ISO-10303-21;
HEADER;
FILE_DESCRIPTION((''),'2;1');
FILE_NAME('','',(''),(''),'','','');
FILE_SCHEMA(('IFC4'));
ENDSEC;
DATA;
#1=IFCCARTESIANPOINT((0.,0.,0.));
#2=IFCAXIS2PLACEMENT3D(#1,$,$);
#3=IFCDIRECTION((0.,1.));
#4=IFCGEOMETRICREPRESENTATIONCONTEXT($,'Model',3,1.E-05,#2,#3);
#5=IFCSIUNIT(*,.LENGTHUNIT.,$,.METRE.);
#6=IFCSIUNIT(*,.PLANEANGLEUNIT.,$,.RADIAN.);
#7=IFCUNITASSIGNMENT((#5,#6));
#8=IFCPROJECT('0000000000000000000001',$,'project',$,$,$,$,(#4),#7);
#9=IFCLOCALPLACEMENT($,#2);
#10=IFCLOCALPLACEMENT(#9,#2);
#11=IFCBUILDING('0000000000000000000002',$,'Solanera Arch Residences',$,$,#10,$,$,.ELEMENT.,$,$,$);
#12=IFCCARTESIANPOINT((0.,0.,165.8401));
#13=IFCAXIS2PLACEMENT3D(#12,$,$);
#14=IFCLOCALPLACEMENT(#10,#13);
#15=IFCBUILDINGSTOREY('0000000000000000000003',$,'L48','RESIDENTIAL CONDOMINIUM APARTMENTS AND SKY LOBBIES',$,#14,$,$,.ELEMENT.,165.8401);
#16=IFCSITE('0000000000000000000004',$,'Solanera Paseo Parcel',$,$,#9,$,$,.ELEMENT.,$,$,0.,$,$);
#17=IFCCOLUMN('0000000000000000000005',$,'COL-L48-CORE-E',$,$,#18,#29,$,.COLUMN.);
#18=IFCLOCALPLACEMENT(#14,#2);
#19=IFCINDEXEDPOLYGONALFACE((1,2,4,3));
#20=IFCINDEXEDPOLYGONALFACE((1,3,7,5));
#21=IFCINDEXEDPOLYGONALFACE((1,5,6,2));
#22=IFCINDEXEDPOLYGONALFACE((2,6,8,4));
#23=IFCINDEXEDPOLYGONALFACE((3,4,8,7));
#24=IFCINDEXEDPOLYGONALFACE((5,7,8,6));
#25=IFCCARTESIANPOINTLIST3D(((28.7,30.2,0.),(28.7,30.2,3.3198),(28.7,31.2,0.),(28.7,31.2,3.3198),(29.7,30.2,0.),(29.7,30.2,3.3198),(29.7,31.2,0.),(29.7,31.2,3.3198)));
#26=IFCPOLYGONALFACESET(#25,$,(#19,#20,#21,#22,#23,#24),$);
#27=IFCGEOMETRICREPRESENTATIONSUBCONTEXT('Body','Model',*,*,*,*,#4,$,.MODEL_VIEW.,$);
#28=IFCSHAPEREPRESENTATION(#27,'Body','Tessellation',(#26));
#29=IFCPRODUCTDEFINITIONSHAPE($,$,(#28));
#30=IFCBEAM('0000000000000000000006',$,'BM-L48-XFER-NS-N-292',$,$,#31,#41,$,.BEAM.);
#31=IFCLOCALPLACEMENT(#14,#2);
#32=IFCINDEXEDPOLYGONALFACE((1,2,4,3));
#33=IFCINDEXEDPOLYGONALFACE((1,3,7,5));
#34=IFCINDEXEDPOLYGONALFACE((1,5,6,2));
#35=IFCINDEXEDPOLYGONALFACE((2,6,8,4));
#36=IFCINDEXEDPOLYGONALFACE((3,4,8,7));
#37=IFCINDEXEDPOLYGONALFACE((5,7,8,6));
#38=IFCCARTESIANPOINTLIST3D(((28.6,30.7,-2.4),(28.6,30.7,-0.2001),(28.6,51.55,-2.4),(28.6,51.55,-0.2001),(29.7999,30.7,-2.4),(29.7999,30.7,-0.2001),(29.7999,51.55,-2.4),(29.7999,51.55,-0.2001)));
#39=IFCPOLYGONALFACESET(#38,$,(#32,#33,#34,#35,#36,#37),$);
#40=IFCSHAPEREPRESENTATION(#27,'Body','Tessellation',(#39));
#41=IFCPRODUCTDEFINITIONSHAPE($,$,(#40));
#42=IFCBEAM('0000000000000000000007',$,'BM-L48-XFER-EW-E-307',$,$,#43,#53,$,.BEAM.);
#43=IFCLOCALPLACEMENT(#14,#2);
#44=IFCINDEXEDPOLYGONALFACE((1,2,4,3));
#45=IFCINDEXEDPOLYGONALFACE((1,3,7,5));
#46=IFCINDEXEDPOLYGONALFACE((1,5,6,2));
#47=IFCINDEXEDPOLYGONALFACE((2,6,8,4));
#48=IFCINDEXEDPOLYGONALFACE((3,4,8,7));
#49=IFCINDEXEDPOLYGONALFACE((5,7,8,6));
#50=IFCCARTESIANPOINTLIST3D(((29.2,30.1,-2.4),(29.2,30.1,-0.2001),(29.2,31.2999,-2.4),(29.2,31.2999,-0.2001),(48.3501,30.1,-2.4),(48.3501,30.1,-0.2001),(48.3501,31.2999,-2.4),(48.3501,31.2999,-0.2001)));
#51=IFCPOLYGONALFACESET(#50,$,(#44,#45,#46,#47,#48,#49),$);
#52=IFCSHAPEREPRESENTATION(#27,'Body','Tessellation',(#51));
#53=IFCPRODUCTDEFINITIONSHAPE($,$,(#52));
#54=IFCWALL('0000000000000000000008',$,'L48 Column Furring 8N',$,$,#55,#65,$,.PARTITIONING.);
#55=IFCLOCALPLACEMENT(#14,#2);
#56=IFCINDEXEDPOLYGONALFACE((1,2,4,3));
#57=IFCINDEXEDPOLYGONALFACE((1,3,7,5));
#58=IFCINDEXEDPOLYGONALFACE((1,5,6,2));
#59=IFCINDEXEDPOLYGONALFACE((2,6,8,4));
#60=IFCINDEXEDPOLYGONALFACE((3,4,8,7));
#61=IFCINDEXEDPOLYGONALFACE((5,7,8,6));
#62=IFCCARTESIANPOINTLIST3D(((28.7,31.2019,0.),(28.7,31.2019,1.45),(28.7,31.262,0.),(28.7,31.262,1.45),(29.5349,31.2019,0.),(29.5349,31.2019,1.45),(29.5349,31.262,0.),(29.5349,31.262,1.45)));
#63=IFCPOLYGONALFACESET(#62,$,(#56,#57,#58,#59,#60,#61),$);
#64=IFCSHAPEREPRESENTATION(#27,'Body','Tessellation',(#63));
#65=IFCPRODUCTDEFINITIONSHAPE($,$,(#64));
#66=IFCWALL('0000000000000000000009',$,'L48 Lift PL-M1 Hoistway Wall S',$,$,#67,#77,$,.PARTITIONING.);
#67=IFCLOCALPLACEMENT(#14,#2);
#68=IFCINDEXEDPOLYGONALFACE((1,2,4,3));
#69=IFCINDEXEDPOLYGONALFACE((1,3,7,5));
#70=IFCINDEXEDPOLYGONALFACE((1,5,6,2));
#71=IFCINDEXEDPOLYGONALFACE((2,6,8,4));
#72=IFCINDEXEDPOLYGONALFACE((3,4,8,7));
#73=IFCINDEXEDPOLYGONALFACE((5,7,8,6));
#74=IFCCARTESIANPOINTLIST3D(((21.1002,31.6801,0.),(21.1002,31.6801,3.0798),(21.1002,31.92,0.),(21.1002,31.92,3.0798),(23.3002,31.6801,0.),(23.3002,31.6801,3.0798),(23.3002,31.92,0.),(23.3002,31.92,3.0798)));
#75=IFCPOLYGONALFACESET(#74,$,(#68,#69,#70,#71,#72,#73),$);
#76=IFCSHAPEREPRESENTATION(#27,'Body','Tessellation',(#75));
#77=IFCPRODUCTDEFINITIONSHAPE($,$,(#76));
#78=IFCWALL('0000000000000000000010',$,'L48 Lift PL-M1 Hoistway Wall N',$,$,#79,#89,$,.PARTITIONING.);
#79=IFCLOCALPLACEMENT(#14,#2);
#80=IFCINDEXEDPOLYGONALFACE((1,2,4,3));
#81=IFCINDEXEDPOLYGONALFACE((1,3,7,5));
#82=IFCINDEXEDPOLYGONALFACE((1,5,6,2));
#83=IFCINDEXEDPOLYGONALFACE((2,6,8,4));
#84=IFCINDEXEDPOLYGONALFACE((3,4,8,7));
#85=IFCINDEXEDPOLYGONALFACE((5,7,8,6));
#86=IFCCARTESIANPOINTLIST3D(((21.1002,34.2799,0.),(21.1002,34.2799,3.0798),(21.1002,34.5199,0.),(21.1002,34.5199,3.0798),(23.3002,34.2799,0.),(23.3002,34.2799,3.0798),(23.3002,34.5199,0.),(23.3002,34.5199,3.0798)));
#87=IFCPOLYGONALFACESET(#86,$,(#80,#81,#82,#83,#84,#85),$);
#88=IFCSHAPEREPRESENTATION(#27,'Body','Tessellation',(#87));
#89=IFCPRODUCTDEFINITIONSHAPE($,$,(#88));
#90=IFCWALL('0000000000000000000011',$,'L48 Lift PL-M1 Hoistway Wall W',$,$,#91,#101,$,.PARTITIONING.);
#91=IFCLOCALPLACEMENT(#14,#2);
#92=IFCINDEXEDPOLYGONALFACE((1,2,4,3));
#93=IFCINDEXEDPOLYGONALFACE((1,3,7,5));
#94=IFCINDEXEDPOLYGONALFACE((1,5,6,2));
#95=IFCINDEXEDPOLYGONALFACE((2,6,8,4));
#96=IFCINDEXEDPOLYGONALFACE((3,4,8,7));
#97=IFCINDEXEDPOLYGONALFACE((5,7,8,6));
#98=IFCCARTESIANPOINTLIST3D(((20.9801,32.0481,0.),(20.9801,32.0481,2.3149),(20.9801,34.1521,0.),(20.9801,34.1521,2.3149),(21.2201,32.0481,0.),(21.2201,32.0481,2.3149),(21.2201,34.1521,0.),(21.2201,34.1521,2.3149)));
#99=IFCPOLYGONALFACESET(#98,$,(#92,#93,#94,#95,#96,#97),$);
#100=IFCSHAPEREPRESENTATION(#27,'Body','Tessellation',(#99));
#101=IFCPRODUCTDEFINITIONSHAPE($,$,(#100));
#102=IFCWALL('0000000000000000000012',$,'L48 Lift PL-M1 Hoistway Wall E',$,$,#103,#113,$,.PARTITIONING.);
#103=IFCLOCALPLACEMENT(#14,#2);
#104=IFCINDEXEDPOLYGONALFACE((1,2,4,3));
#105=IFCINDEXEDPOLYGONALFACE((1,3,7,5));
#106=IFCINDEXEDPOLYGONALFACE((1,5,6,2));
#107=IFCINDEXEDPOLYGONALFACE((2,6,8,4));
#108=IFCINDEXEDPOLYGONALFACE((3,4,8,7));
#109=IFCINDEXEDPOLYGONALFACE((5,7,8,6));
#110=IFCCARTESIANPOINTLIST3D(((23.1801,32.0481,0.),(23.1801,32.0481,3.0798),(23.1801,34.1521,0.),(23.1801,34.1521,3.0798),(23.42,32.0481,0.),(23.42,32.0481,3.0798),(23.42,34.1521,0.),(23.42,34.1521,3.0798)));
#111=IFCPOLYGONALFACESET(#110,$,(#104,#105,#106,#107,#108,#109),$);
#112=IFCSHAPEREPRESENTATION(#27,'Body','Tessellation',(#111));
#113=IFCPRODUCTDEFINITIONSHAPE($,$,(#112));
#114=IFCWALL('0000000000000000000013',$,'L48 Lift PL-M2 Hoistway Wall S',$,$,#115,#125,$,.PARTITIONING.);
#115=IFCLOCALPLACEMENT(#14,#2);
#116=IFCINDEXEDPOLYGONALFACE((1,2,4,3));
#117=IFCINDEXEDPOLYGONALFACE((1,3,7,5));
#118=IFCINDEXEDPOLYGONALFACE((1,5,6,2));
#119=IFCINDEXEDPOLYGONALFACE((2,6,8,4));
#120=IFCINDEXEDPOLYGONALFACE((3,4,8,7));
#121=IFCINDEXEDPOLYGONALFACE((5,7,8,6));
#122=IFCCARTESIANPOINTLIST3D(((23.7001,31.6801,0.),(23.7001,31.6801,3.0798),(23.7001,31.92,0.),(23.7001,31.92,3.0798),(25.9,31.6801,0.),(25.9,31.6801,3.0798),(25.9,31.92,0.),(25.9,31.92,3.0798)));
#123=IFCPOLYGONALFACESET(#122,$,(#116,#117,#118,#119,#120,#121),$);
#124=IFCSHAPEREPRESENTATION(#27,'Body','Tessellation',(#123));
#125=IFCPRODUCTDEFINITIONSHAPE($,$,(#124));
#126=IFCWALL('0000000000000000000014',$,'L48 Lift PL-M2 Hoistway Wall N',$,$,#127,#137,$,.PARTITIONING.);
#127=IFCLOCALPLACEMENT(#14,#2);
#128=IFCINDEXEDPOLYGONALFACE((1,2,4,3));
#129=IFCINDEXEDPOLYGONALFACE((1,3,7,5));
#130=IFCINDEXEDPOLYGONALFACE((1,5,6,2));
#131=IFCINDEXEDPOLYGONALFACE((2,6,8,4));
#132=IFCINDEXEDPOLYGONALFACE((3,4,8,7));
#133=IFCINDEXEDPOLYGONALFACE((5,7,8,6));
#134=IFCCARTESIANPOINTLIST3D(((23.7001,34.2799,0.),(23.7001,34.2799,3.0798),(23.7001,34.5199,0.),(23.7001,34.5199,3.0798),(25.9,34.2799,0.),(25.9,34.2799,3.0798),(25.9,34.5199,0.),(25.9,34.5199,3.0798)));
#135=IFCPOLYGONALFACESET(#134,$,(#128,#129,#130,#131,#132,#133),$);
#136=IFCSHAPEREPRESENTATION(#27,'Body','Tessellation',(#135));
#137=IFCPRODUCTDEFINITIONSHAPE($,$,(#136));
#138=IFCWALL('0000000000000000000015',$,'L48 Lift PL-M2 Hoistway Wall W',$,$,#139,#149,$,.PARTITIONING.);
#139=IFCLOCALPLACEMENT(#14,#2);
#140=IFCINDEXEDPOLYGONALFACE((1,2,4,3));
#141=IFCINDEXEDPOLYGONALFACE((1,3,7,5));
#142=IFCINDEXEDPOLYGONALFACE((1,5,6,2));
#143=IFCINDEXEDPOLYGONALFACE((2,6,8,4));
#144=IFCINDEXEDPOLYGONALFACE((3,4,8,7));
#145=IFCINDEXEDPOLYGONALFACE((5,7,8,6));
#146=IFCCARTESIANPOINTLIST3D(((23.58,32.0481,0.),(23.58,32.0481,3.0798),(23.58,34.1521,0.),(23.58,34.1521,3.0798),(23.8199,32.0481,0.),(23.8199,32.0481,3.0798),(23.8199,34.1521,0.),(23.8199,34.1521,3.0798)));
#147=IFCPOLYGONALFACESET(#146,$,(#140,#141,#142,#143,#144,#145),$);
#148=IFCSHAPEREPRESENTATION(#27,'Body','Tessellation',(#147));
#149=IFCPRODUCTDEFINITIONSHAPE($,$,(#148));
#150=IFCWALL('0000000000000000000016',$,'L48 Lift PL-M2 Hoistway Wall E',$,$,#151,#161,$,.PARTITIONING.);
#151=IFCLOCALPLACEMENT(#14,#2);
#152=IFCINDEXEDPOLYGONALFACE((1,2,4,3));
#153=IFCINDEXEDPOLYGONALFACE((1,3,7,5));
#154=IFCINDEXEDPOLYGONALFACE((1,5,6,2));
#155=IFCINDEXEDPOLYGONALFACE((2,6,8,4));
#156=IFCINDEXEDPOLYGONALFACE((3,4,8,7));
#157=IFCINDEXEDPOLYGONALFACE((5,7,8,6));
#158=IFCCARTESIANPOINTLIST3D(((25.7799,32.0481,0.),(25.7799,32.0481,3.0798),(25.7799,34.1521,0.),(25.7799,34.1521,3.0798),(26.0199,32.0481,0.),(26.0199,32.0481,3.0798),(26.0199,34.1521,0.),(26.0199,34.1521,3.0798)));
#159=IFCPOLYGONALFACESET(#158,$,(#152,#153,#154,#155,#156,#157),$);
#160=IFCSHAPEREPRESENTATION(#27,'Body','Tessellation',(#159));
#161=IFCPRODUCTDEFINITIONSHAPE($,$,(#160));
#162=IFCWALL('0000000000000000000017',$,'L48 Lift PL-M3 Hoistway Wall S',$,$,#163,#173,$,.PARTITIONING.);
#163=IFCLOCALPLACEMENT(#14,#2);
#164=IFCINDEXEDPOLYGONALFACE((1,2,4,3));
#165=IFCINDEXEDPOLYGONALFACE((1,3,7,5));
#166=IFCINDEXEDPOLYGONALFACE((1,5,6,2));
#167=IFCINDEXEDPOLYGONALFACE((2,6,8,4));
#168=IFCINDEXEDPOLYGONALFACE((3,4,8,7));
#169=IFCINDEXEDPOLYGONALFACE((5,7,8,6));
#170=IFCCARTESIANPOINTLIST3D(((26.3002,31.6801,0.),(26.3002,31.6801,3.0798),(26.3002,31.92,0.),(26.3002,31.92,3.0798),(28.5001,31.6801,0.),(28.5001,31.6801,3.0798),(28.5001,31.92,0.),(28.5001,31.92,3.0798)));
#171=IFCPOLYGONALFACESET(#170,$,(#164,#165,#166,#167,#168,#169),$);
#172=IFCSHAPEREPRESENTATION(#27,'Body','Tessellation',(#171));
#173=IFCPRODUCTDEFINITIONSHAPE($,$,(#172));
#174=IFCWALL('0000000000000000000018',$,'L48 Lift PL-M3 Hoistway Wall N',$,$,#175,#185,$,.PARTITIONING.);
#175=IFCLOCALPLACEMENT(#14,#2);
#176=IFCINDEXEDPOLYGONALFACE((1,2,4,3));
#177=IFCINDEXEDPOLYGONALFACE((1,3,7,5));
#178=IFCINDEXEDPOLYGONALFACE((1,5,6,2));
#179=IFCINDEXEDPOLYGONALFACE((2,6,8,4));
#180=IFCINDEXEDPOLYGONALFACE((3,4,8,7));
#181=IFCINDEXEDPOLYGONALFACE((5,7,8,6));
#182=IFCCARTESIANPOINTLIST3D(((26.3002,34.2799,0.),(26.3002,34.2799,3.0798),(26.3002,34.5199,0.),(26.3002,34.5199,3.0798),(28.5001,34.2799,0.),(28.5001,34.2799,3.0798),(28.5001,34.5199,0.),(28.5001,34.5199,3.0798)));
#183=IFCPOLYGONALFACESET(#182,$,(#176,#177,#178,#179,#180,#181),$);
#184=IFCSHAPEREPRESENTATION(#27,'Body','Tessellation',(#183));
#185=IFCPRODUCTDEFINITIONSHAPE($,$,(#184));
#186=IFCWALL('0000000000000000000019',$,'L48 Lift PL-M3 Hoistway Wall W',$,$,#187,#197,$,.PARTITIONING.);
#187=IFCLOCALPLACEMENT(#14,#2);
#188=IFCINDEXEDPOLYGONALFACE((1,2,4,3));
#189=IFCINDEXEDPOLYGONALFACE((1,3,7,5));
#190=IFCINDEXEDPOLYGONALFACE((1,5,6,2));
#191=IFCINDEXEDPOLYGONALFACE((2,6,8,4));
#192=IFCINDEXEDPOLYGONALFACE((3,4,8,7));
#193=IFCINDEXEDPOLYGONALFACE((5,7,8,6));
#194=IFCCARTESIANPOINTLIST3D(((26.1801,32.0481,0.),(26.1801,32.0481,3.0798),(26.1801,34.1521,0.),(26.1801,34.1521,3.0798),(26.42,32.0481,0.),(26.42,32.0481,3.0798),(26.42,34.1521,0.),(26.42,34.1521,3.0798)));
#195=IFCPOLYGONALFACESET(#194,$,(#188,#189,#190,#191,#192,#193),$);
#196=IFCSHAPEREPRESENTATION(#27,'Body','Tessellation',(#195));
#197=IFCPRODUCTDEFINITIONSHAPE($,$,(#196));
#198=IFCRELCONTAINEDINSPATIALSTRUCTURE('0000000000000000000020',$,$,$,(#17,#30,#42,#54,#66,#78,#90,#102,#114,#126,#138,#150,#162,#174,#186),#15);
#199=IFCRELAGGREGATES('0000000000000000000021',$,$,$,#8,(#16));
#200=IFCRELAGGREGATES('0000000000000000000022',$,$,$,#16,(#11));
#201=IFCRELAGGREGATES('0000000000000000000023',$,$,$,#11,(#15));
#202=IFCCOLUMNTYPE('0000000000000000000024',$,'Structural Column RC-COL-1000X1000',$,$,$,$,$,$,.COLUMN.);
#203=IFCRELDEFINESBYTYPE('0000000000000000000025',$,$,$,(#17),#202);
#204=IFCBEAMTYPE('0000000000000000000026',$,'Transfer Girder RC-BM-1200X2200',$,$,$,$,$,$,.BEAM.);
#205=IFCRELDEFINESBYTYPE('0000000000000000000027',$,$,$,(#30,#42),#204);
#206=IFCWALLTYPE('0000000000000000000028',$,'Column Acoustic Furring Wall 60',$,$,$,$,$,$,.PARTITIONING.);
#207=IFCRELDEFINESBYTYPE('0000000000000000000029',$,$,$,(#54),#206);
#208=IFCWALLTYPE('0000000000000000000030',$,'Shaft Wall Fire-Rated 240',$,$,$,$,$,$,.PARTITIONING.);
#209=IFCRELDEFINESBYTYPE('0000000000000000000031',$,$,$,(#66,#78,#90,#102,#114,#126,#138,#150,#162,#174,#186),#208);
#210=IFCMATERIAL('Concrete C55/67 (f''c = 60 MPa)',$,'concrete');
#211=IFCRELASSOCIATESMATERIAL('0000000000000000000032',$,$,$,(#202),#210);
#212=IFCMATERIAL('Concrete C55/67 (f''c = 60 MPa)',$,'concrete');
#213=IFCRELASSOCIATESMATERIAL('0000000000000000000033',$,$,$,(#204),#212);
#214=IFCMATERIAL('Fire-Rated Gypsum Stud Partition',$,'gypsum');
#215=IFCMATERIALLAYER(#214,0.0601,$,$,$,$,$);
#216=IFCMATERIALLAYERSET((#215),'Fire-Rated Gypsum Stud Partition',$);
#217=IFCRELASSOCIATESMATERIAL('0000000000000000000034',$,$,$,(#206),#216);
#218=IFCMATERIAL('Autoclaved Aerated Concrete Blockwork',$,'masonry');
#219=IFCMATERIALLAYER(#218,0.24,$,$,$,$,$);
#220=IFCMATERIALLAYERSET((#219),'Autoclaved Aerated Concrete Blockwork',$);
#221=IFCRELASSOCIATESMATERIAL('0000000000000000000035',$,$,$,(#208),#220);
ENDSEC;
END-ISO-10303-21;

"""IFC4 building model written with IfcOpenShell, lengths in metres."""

from ifc_helpers import new_model, si_unit, direction, frame, frame_2d, origin, origin_2d, place, context, subcontext, project, spatial, rectangle, extrude, material, layer, layer_set, material_profile, profile_set, type_object, element, save


model = new_model("IFC4")

# Units and contexts
model_context = context("Model", 3, precision=1e-05, world=origin(), true_north=direction((0.0, 1.0)))
body_context = subcontext(model_context, "Body", "Model", "MODEL_VIEW")
ifc_project = project(units=[si_unit("LENGTHUNIT", "METRE"), si_unit("PLANEANGLEUNIT", "RADIAN")], contexts=[model_context])

# Site, building, storey
site_placement = place(None, origin())
site = spatial("IfcSite", under=ifc_project, at=site_placement, Name="Solanera Paseo Parcel", CompositionType="ELEMENT", RefElevation=0.0)
building_placement = place(site_placement, origin())
building = spatial("IfcBuilding", under=site, at=building_placement, Name="Solanera Arch Residences", CompositionType="ELEMENT")
storey_placement = place(building_placement, frame((0.0, 0.0, 165.8401)))
storey = spatial("IfcBuildingStorey", under=building, at=storey_placement, Name="L48", Description="RESIDENTIAL CONDOMINIUM APARTMENTS AND SKY LOBBIES", CompositionType="ELEMENT", Elevation=165.8401)

# Column
ifc_material_1 = material(Name="Concrete C55/67 (f'c = 60 MPa)", Category="concrete")
ifc_material_profile_1 = material_profile(ifc_material_1, rectangle(XDim=1.0, YDim=1.0, at=origin_2d()))
ifc_profile_set_1 = profile_set([ifc_material_profile_1], Name="Concrete C55/67 (f'c = 60 MPa)")
column_type = type_object("IfcColumnType", Name="Structural Column RC-COL-1000X1000", PredefinedType="COLUMN", material=ifc_profile_set_1)
column_placement = place(storey_placement, frame((29.2, 30.7, 0.0), z_axis=(0.0, 0.0, 1.0), x_axis=(1.0, 0.0, 0.0)))
element("IfcColumn", 1, at=column_placement, inside=storey, type_object=column_type, Name="COL-L48-CORE-E", PredefinedType="COLUMN", context=body_context, shape_type="SweptSolid", body=[
    extrude(rectangle(XDim=1.0, YDim=1.0, at=origin_2d()), origin(), (0.0, 0.0, 1.0), 3.3198),
])

# Beams
ifc_material_2 = material(Name="Concrete C55/67 (f'c = 60 MPa)", Category="concrete")
ifc_material_profile_2 = material_profile(ifc_material_2, rectangle(XDim=1.2, YDim=2.2, at=origin_2d()))
ifc_profile_set_2 = profile_set([ifc_material_profile_2], Name="Concrete C55/67 (f'c = 60 MPa)")
beam_type = type_object("IfcBeamType", Name="Transfer Girder RC-BM-1200X2200", PredefinedType="BEAM", material=ifc_profile_set_2)
beam_1_placement = place(storey_placement, frame((29.2, 30.7, -1.3), z_axis=(0.0, 1.0, 0.0), x_axis=(-1.0, 0.0, 0.0)))
element("IfcBeam", 2, at=beam_1_placement, inside=storey, type_object=beam_type, Name="BM-L48-XFER-NS-N-292", PredefinedType="BEAM", context=body_context, shape_type="SweptSolid", body=[
    extrude(rectangle(XDim=1.2, YDim=2.2, at=origin_2d()), origin(), (0.0, 0.0, 1.0), 20.8501),
])
beam_2_placement = place(storey_placement, frame((29.2, 30.7, -1.3), z_axis=(1.0, 0.0, 0.0), x_axis=(0.0, 1.0, 0.0)))
element("IfcBeam", 3, at=beam_2_placement, inside=storey, type_object=beam_type, Name="BM-L48-XFER-EW-E-307", PredefinedType="BEAM", context=body_context, shape_type="SweptSolid", body=[
    extrude(rectangle(XDim=1.2, YDim=2.2, at=origin_2d()), origin(), (0.0, 0.0, 1.0), 19.1501),
])

# Walls
ifc_material_3 = material(Name="Fire-Rated Gypsum Stud Partition", Category="gypsum")
ifc_layer_1 = layer(ifc_material_3, 0.0601)
ifc_layer_set_1 = layer_set([ifc_layer_1], Name="Fire-Rated Gypsum Stud Partition")
wall_type_1 = type_object("IfcWallType", Name="Column Acoustic Furring Wall 60", PredefinedType="PARTITIONING", material=ifc_layer_set_1)
wall_1_placement = place(storey_placement, frame((28.7, 31.2319, 0.0), z_axis=(0.0, 0.0, 1.0), x_axis=(1.0, 0.0, 0.0)))
element("IfcWall", 4, at=wall_1_placement, inside=storey, type_object=wall_type_1, Name="L48 Column Furring 8N", PredefinedType="PARTITIONING", context=body_context, shape_type="SweptSolid", body=[
    extrude(rectangle(XDim=0.835, YDim=0.0601, at=frame_2d((0.4175, 0.0))), origin(), (0.0, 0.0, 1.0), 1.45),
])
ifc_material_4 = material(Name="Autoclaved Aerated Concrete Blockwork", Category="masonry")
ifc_layer_2 = layer(ifc_material_4, 0.24)
ifc_layer_set_2 = layer_set([ifc_layer_2], Name="Autoclaved Aerated Concrete Blockwork")
wall_type_2 = type_object("IfcWallType", Name="Shaft Wall Fire-Rated 240", PredefinedType="PARTITIONING", material=ifc_layer_set_2)
for number, where, z_axis, x_axis, name in (
    (5, (21.1001, 31.8, 0.0), (0.0, 0.0, 1.0), (1.0, 0.0, 0.0), "L48 Lift PL-M1 Hoistway Wall S"),
    (6, (21.1001, 34.3999, 0.0), (0.0, 0.0, 1.0), (1.0, 0.0, 0.0), "L48 Lift PL-M1 Hoistway Wall N"),
):
    element("IfcWall", number, at=place(storey_placement, frame(where, z_axis=z_axis, x_axis=x_axis)), inside=storey, type_object=wall_type_2, Name=name, PredefinedType="PARTITIONING", context=body_context, shape_type="SweptSolid", body=[
        extrude(rectangle(XDim=2.2, YDim=0.24, at=frame_2d((1.1001, 0.0))), origin(), (0.0, 0.0, 1.0), 3.0798),
    ])
wall_2_placement = place(storey_placement, frame((21.1001, 32.0481, 0.0), z_axis=(0.0, 0.0, 1.0), x_axis=(0.0, 1.0, 0.0)))
element("IfcWall", 7, at=wall_2_placement, inside=storey, type_object=wall_type_2, Name="L48 Lift PL-M1 Hoistway Wall W", PredefinedType="PARTITIONING", context=body_context, shape_type="SweptSolid", body=[
    extrude(rectangle(XDim=2.104, YDim=0.24, at=frame_2d((1.052, 0.0))), origin(), (0.0, 0.0, 1.0), 2.3149),
])
wall_3_placement = place(storey_placement, frame((23.3, 32.0481, 0.0), z_axis=(0.0, 0.0, 1.0), x_axis=(0.0, 1.0, 0.0)))
element("IfcWall", 8, at=wall_3_placement, inside=storey, type_object=wall_type_2, Name="L48 Lift PL-M1 Hoistway Wall E", PredefinedType="PARTITIONING", context=body_context, shape_type="SweptSolid", body=[
    extrude(rectangle(XDim=2.104, YDim=0.24, at=frame_2d((1.052, 0.0))), origin(), (0.0, 0.0, 1.0), 3.0798),
])
for number, where, z_axis, x_axis, name in (
    (9, (23.7, 31.8, 0.0), (0.0, 0.0, 1.0), (1.0, 0.0, 0.0), "L48 Lift PL-M2 Hoistway Wall S"),
    (10, (23.7, 34.3999, 0.0), (0.0, 0.0, 1.0), (1.0, 0.0, 0.0), "L48 Lift PL-M2 Hoistway Wall N"),
):
    element("IfcWall", number, at=place(storey_placement, frame(where, z_axis=z_axis, x_axis=x_axis)), inside=storey, type_object=wall_type_2, Name=name, PredefinedType="PARTITIONING", context=body_context, shape_type="SweptSolid", body=[
        extrude(rectangle(XDim=2.2, YDim=0.24, at=frame_2d((1.1001, 0.0))), origin(), (0.0, 0.0, 1.0), 3.0798),
    ])
for number, where, z_axis, x_axis, name in (
    (11, (23.7, 32.0481, 0.0), (0.0, 0.0, 1.0), (0.0, 1.0, 0.0), "L48 Lift PL-M2 Hoistway Wall W"),
    (12, (25.8999, 32.0481, 0.0), (0.0, 0.0, 1.0), (0.0, 1.0, 0.0), "L48 Lift PL-M2 Hoistway Wall E"),
):
    element("IfcWall", number, at=place(storey_placement, frame(where, z_axis=z_axis, x_axis=x_axis)), inside=storey, type_object=wall_type_2, Name=name, PredefinedType="PARTITIONING", context=body_context, shape_type="SweptSolid", body=[
        extrude(rectangle(XDim=2.104, YDim=0.24, at=frame_2d((1.052, 0.0))), origin(), (0.0, 0.0, 1.0), 3.0798),
    ])
for number, where, z_axis, x_axis, name in (
    (13, (26.3, 31.8, 0.0), (0.0, 0.0, 1.0), (1.0, 0.0, 0.0), "L48 Lift PL-M3 Hoistway Wall S"),
    (14, (26.3, 34.3999, 0.0), (0.0, 0.0, 1.0), (1.0, 0.0, 0.0), "L48 Lift PL-M3 Hoistway Wall N"),
):
    element("IfcWall", number, at=place(storey_placement, frame(where, z_axis=z_axis, x_axis=x_axis)), inside=storey, type_object=wall_type_2, Name=name, PredefinedType="PARTITIONING", context=body_context, shape_type="SweptSolid", body=[
        extrude(rectangle(XDim=2.2, YDim=0.24, at=frame_2d((1.1001, 0.0))), origin(), (0.0, 0.0, 1.0), 3.0798),
    ])
for number, where, z_axis, x_axis, name in (
    (15, (26.3, 32.0481, 0.0), (0.0, 0.0, 1.0), (0.0, 1.0, 0.0), "L48 Lift PL-M3 Hoistway Wall W"),
):
    element("IfcWall", number, at=place(storey_placement, frame(where, z_axis=z_axis, x_axis=x_axis)), inside=storey, type_object=wall_type_2, Name=name, PredefinedType="PARTITIONING", context=body_context, shape_type="SweptSolid", body=[
        extrude(rectangle(XDim=2.104, YDim=0.24, at=frame_2d((1.052, 0.0))), origin(), (0.0, 0.0, 1.0), 3.0798),
    ])

save(model, "model.ifc")
